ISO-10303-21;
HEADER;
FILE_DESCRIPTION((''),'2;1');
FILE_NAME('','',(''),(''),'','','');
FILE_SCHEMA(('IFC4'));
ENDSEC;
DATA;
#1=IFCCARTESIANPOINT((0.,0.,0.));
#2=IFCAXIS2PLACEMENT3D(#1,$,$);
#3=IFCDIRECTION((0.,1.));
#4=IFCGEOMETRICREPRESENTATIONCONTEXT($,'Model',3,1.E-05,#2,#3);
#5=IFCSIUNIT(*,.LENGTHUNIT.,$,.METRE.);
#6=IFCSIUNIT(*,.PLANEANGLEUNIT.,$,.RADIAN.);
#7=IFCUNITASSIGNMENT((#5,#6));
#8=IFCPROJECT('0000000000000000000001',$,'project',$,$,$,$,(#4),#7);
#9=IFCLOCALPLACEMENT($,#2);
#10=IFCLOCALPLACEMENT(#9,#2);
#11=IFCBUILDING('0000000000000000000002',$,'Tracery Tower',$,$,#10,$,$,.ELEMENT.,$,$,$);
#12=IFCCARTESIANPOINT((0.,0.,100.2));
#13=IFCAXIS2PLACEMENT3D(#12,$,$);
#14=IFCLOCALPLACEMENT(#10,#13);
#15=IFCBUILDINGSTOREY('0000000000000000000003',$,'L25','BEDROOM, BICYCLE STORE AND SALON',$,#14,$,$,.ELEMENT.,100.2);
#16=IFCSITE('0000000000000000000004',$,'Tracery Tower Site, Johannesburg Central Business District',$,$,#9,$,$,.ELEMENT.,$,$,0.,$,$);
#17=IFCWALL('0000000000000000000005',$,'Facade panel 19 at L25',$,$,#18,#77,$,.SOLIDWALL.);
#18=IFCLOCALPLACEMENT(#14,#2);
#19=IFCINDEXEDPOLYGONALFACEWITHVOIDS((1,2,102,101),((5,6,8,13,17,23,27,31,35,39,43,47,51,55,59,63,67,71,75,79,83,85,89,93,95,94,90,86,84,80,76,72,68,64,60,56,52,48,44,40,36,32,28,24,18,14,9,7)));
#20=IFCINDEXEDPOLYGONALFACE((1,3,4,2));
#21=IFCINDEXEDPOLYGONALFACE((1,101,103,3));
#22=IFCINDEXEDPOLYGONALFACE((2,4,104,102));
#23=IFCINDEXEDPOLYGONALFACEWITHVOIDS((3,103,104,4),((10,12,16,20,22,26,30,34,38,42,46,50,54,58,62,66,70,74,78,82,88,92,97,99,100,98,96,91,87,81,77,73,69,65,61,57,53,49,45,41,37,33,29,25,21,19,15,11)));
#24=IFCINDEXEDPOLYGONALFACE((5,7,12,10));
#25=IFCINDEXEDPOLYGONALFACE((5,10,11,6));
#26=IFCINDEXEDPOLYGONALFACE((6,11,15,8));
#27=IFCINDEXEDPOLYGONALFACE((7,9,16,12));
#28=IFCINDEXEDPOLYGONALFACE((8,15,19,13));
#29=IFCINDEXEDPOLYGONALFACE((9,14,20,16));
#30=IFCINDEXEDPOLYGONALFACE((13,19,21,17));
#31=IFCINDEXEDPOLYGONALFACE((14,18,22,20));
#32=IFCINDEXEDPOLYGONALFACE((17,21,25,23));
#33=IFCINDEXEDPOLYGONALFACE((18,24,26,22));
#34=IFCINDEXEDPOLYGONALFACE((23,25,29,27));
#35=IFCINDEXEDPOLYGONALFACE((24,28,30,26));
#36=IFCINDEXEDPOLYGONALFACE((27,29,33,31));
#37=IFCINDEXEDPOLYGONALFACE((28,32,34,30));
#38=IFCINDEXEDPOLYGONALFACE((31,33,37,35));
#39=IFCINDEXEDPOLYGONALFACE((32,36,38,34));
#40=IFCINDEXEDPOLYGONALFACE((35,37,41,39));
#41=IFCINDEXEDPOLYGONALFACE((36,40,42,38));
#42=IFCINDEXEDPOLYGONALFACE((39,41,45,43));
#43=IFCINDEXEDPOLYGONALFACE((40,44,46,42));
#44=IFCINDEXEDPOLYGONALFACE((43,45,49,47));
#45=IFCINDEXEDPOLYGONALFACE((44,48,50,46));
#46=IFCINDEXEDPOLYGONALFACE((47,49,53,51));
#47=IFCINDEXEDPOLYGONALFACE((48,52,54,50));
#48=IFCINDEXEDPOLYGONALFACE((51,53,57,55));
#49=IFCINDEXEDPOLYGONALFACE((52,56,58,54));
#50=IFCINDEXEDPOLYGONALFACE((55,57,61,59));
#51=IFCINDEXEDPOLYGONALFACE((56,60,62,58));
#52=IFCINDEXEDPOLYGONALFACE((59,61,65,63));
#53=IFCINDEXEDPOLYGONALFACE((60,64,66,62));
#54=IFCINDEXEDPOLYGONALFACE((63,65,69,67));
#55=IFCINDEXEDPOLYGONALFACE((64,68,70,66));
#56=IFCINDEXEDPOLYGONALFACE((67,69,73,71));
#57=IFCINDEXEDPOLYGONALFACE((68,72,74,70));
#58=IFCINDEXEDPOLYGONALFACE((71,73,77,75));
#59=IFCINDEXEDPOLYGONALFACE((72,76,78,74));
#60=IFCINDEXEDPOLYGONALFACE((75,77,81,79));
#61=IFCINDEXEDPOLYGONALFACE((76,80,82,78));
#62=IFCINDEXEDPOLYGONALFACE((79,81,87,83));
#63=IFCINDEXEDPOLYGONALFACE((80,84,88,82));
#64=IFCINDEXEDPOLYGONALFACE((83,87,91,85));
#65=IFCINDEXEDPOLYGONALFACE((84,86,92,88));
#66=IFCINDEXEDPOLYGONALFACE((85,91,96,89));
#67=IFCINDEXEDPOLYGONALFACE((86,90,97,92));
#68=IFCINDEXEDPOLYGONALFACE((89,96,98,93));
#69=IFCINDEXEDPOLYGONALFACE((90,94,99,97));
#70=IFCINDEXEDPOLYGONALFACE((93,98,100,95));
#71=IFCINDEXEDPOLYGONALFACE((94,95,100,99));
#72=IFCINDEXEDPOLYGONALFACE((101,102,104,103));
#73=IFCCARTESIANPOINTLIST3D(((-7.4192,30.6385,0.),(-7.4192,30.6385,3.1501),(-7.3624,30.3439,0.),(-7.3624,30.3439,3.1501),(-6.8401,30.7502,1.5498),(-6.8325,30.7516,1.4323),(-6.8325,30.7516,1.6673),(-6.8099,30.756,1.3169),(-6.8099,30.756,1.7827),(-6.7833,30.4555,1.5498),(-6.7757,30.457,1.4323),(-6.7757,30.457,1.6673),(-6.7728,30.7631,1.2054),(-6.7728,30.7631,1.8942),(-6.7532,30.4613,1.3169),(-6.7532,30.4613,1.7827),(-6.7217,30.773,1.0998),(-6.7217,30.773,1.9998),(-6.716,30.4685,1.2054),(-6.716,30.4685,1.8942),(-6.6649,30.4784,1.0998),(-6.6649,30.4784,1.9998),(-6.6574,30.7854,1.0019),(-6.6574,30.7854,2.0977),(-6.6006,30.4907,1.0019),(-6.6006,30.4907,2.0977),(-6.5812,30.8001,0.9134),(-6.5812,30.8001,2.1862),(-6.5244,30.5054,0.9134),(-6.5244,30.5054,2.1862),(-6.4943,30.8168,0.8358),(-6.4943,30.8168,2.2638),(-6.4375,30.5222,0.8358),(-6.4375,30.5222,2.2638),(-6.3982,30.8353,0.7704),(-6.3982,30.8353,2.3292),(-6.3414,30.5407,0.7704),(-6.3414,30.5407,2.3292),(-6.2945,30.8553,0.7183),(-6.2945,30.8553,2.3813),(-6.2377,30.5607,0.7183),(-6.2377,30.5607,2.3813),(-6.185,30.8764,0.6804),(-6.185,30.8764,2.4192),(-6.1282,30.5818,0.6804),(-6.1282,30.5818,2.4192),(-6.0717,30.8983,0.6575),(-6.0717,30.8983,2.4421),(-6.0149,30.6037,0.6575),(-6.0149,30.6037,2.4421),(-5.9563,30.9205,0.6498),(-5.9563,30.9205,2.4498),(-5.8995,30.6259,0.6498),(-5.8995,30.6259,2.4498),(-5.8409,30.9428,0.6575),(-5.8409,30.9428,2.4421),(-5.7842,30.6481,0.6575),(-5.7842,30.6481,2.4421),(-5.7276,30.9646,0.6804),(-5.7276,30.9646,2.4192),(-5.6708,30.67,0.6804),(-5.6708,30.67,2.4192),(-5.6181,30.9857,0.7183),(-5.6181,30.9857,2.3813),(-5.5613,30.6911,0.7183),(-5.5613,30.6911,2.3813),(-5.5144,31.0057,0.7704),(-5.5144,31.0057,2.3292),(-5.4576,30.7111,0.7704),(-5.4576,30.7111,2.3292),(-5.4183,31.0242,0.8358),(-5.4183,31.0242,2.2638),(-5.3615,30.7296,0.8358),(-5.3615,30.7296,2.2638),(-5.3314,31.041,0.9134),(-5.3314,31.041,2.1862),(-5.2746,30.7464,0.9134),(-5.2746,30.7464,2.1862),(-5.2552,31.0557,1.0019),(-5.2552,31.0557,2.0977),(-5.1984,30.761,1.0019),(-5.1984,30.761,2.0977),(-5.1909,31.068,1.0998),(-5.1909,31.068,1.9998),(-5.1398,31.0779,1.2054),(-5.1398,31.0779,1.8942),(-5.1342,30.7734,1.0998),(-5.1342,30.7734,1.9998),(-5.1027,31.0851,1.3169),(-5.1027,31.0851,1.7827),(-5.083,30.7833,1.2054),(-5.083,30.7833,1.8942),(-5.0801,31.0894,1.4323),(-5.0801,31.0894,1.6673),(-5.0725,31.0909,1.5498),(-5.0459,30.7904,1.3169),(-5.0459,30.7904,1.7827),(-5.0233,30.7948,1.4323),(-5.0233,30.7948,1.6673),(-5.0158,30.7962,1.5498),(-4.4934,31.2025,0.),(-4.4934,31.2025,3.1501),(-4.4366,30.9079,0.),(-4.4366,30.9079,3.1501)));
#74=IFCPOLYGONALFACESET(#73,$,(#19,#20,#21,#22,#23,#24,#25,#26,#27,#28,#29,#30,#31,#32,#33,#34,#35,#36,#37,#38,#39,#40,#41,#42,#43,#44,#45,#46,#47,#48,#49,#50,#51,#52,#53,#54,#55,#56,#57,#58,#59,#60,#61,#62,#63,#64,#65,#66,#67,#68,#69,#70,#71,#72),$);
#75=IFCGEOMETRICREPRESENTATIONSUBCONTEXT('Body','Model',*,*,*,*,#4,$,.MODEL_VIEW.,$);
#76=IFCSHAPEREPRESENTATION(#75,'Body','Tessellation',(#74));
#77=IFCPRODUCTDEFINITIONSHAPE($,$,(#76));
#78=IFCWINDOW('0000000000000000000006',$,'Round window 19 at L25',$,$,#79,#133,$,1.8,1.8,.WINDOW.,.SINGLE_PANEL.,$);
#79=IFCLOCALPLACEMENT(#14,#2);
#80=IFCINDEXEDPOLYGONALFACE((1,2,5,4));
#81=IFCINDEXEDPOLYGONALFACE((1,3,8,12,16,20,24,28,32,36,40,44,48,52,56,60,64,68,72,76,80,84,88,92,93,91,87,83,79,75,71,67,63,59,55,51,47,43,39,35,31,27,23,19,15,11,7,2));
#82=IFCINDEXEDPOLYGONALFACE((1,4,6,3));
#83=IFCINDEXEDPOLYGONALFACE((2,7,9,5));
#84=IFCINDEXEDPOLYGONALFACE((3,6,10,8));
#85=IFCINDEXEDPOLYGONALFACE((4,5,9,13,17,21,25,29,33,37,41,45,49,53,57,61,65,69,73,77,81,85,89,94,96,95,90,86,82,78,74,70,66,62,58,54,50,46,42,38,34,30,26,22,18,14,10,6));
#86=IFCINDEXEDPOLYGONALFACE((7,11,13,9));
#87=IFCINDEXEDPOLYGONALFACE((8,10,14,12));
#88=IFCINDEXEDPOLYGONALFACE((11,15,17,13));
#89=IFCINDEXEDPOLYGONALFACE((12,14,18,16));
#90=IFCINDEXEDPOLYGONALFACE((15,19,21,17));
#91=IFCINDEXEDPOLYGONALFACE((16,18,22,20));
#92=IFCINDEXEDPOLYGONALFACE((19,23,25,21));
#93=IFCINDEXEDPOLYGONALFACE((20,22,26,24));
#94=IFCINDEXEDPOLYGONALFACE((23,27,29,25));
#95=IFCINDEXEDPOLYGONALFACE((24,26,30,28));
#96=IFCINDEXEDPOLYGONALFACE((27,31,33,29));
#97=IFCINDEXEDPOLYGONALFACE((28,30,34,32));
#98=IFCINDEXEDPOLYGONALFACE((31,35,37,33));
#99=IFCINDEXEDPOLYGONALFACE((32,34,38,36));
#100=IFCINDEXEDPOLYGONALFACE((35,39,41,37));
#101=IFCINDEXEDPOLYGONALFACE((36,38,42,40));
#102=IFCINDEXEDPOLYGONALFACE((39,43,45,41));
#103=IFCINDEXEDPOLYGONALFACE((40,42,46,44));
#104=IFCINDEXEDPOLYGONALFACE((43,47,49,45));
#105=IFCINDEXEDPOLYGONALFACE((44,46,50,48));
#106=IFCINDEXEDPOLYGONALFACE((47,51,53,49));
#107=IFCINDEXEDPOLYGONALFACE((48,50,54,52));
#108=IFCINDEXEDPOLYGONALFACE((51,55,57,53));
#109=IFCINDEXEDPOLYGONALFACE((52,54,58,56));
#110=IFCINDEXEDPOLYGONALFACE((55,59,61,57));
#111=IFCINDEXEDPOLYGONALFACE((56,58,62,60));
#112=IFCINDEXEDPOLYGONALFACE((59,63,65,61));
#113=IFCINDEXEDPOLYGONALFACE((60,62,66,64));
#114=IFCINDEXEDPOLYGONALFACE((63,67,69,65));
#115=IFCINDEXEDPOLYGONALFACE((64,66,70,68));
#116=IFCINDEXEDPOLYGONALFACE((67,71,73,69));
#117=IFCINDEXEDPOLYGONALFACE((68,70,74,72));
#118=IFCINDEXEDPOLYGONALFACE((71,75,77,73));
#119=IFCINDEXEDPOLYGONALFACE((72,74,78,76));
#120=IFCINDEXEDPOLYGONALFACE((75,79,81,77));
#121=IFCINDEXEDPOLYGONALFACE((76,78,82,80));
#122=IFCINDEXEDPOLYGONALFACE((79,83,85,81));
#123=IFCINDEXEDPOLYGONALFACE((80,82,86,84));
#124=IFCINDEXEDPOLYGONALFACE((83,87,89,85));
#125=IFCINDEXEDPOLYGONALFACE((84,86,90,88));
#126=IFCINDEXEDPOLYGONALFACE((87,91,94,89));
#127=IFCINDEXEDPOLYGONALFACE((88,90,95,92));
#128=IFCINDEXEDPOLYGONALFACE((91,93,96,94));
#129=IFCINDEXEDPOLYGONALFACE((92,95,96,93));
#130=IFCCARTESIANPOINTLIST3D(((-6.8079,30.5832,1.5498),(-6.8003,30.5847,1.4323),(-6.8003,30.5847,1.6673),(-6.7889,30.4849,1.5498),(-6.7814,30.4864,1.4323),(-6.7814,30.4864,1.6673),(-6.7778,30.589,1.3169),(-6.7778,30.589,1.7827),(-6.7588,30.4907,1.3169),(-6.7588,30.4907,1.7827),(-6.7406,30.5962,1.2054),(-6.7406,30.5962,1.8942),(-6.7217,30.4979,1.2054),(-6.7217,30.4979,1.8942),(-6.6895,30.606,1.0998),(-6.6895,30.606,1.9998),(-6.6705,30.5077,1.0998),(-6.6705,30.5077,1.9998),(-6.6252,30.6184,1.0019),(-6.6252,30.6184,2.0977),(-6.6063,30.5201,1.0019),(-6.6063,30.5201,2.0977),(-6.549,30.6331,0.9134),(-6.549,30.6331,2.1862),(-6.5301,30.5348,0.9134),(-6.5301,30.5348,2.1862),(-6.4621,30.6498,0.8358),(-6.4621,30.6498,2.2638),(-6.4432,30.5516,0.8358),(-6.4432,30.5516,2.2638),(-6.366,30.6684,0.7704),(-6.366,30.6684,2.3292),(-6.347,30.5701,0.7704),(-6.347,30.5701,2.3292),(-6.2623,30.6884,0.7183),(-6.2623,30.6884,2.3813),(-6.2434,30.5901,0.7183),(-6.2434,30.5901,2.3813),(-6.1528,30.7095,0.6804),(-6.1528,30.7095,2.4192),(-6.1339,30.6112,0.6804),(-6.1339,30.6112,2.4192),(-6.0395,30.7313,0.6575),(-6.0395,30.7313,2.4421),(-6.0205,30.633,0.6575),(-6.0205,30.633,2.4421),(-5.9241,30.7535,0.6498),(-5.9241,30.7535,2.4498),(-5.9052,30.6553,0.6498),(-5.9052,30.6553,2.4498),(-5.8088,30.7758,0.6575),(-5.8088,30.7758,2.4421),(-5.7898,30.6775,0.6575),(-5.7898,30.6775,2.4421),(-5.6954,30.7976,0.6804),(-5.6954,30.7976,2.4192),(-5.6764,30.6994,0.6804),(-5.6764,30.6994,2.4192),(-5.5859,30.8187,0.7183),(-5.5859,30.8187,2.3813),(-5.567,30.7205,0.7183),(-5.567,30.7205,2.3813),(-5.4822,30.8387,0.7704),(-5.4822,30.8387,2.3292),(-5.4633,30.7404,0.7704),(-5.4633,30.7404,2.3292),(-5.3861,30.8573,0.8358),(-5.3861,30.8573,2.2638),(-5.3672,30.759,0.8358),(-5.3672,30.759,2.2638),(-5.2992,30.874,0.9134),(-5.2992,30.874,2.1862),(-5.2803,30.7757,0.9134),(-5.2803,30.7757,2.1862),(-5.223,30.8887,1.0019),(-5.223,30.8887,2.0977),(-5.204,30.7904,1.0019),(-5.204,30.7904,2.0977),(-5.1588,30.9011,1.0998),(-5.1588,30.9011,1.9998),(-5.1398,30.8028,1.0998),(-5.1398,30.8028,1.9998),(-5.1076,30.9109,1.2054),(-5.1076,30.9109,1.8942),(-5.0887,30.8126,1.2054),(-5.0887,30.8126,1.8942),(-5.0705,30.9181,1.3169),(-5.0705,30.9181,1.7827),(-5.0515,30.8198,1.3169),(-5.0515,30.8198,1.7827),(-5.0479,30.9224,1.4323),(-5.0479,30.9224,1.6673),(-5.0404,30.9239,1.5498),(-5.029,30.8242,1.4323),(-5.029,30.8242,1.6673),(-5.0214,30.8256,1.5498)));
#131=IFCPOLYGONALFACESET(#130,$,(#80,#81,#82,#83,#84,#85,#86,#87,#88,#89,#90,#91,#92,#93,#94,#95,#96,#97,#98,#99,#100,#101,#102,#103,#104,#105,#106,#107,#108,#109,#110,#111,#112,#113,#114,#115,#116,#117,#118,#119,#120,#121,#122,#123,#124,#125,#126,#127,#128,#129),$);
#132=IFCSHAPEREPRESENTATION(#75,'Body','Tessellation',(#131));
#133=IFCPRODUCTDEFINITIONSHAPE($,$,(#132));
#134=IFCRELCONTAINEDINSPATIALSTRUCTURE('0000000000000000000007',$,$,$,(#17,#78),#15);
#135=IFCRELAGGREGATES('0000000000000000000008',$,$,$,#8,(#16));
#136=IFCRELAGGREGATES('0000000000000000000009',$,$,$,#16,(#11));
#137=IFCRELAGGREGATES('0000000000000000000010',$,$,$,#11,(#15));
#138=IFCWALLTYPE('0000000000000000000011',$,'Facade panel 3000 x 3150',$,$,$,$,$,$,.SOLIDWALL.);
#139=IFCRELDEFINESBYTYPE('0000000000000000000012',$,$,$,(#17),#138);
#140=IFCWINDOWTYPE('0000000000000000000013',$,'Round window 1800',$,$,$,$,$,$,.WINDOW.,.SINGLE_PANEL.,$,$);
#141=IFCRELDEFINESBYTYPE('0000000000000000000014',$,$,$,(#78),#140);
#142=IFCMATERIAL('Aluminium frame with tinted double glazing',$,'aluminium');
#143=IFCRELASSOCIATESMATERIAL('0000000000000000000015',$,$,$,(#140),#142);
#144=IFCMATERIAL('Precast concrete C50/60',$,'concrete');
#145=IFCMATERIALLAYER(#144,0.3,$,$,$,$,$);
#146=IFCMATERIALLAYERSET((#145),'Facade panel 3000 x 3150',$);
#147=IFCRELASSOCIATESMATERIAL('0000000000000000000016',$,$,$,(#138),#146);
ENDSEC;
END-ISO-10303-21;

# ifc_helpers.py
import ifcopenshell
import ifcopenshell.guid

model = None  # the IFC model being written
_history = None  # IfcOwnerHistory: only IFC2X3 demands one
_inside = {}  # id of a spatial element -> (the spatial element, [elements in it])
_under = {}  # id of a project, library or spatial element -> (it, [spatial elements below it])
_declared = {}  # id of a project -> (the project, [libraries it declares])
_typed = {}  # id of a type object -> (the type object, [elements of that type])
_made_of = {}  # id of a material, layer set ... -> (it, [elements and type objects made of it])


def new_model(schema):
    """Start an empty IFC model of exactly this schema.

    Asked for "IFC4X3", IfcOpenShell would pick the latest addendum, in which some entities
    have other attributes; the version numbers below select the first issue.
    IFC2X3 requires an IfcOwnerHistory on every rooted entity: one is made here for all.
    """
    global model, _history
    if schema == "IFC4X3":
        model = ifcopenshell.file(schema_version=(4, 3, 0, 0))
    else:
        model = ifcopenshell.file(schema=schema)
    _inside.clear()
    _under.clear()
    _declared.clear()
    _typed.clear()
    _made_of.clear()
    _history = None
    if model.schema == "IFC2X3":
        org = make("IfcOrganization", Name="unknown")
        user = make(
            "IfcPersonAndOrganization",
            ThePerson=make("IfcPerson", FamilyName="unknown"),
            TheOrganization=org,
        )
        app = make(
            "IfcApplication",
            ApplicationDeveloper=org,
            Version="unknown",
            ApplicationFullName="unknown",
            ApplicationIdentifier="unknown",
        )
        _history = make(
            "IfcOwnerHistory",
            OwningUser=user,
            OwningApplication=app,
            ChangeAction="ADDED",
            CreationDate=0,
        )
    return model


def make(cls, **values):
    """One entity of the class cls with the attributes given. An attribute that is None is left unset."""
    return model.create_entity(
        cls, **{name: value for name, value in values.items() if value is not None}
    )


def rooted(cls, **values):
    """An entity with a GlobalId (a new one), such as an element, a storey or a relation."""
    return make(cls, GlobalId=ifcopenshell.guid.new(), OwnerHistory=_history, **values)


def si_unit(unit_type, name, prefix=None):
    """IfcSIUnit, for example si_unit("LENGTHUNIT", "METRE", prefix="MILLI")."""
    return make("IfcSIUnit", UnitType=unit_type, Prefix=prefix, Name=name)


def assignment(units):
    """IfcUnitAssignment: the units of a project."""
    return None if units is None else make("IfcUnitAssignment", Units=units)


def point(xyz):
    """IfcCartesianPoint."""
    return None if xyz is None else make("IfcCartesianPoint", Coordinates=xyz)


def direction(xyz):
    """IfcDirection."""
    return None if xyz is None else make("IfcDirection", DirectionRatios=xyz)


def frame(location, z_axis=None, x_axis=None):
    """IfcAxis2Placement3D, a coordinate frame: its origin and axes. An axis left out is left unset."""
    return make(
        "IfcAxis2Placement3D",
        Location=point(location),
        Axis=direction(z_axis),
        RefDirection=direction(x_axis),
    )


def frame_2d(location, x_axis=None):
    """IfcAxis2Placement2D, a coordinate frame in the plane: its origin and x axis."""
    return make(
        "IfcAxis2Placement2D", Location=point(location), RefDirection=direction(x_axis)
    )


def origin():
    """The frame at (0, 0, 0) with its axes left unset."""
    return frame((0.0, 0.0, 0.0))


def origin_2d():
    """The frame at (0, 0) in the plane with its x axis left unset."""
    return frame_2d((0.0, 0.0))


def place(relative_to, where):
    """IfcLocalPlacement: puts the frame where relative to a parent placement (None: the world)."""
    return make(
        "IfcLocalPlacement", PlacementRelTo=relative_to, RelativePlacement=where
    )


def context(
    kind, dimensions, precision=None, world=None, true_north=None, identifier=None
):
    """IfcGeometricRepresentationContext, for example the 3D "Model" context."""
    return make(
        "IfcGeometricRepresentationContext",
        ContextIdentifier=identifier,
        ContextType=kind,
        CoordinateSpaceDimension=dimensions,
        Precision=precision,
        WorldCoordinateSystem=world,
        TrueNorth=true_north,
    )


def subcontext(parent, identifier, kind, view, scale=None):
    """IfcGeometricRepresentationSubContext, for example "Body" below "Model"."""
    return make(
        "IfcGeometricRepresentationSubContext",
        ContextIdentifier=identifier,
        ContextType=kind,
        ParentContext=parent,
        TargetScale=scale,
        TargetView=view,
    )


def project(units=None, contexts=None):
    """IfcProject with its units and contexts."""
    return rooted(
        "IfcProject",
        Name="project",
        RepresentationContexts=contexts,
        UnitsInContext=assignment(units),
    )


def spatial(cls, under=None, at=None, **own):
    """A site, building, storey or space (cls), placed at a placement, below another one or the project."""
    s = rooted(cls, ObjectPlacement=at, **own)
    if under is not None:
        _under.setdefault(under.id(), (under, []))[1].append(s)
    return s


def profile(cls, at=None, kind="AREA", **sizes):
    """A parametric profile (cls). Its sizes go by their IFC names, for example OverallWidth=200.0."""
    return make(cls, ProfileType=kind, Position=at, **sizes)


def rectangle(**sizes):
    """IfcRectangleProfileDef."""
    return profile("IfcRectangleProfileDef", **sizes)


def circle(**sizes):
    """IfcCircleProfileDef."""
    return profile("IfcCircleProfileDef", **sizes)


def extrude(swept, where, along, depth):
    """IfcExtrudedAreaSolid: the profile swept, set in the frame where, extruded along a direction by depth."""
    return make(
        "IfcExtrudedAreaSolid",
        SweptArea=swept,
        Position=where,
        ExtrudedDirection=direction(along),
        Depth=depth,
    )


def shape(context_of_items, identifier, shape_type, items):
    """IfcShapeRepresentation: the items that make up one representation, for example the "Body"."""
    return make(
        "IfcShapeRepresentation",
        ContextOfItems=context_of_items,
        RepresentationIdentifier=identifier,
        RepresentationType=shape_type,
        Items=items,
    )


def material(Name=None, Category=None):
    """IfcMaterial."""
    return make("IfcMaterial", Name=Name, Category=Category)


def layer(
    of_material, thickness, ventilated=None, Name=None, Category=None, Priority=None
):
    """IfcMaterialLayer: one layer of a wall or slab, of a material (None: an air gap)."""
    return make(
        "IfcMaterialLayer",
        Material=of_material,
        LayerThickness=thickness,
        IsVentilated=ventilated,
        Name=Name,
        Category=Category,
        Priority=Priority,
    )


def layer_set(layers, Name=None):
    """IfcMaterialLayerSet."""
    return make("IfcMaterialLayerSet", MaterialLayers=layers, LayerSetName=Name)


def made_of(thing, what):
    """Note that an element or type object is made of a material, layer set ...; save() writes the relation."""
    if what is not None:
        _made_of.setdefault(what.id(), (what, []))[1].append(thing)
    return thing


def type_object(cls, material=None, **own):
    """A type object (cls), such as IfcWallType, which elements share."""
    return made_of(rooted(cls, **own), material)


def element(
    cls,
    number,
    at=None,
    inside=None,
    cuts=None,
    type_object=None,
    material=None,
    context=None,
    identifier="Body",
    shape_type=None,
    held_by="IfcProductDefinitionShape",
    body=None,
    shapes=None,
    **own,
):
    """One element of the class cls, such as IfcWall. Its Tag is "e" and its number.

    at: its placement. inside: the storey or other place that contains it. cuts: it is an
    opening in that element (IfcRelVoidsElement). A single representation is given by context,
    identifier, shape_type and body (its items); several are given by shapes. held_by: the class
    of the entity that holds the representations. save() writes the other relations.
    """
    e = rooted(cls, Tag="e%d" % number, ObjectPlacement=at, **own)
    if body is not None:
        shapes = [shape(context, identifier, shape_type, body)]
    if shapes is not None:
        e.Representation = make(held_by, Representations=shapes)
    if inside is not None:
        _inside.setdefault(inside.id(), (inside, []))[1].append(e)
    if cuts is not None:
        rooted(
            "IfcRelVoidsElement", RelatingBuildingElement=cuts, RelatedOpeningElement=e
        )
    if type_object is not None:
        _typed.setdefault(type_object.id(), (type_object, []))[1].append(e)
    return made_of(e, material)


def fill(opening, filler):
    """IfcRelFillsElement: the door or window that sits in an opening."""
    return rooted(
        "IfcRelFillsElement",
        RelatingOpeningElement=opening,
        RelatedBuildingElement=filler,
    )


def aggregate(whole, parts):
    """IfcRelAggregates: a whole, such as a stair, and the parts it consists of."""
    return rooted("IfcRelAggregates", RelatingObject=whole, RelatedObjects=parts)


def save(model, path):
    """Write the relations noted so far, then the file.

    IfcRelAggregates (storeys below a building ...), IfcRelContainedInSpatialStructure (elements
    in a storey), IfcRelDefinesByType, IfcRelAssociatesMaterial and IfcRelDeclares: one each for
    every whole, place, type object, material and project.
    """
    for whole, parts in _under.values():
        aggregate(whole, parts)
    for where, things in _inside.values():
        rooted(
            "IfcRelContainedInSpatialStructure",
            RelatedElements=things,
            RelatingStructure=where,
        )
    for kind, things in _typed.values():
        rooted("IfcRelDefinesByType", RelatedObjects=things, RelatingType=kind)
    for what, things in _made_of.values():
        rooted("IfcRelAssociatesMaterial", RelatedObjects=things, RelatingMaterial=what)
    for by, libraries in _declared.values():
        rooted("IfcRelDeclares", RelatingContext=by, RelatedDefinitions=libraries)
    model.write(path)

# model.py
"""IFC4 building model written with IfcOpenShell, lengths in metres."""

from ifc_helpers import new_model, si_unit, direction, frame, frame_2d, origin, origin_2d, place, context, subcontext, project, spatial, rectangle, circle, extrude, material, layer, layer_set, type_object, element, fill, save


model = new_model("IFC4")

# Units and contexts
model_context = context("Model", 3, precision=1e-05, world=origin(), true_north=direction((0.0, 1.0)))
body_context = subcontext(model_context, "Body", "Model", "MODEL_VIEW")
ifc_project = project(units=[si_unit("LENGTHUNIT", "METRE"), si_unit("PLANEANGLEUNIT", "RADIAN")], contexts=[model_context])

# Site, building, storey
site_placement = place(None, origin())
site = spatial("IfcSite", under=ifc_project, at=site_placement, Name="Tracery Tower Site, Johannesburg Central Business District", CompositionType="ELEMENT", RefElevation=0.0)
building_placement = place(site_placement, origin())
building = spatial("IfcBuilding", under=site, at=building_placement, Name="Tracery Tower", CompositionType="ELEMENT")
storey_placement = place(building_placement, frame((0.0, 0.0, 100.2)))
storey = spatial("IfcBuildingStorey", under=building, at=storey_placement, Name="L25", Description="BEDROOM, BICYCLE STORE AND SALON", CompositionType="ELEMENT", Elevation=100.2)

# Wall, opening, window
ifc_material_1 = material(Name="Aluminium frame with tinted double glazing", Category="aluminium")
window_type = type_object("IfcWindowType", Name="Round window 1800", PartitioningType="SINGLE_PANEL", PredefinedType="WINDOW", material=ifc_material_1)
ifc_material_2 = material(Name="Precast concrete C50/60", Category="concrete")
ifc_layer_1 = layer(ifc_material_2, 0.3)
ifc_layer_set_1 = layer_set([ifc_layer_1], Name="Facade panel 3000 x 3150")
wall_type_1 = type_object("IfcWallType", Name="Facade panel 3000 x 3150", PredefinedType="SOLIDWALL", material=ifc_layer_set_1)
wall_1_placement = place(storey_placement, frame((-4.4651, 31.0552, 0.0), z_axis=(0.0, 0.0, 1.0), x_axis=(-0.981925, -0.189273, 0.0)))
wall_1 = element("IfcWall", 1, at=wall_1_placement, inside=storey, type_object=wall_type_1, Name="Facade panel 19 at L25", PredefinedType="SOLIDWALL", context=body_context, shape_type="SweptSolid", body=[
    extrude(rectangle(XDim=2.9797, YDim=0.3, at=frame_2d((1.4897, 0.0))), origin(), (0.0, 0.0, 1.0), 3.1501),
])
opening_1_placement = place(wall_1_placement, frame((1.4897, 0.0, 1.5498)))
opening_1 = element("IfcOpeningElement", 2, at=opening_1_placement, cuts=wall_1, PredefinedType="OPENING", context=body_context, shape_type="SweptSolid", body=[
    extrude(circle(Radius=0.9, at=origin_2d()), frame((0.0, 0.1599, 0.0), z_axis=(0.0, -1.0, 0.0), x_axis=(1.0, 0.0, 0.0)), (0.0, 0.0, 1.0), 0.3201),
])
window_1_placement = place(opening_1_placement, origin())
window_1 = element("IfcWindow", 3, at=window_1_placement, inside=storey, type_object=window_type, Name="Round window 19 at L25", OverallHeight=1.8, OverallWidth=1.8, PartitioningType="SINGLE_PANEL", PredefinedType="WINDOW", context=body_context, shape_type="SweptSolid", body=[
    extrude(circle(Radius=0.9, at=origin_2d()), frame((0.0, 0.1201, 0.0), z_axis=(0.0, -1.0, 0.0), x_axis=(1.0, 0.0, 0.0)), (0.0, 0.0, 1.0), 0.1001),
])
fill(opening_1, window_1)

save(model, "model.ifc")
